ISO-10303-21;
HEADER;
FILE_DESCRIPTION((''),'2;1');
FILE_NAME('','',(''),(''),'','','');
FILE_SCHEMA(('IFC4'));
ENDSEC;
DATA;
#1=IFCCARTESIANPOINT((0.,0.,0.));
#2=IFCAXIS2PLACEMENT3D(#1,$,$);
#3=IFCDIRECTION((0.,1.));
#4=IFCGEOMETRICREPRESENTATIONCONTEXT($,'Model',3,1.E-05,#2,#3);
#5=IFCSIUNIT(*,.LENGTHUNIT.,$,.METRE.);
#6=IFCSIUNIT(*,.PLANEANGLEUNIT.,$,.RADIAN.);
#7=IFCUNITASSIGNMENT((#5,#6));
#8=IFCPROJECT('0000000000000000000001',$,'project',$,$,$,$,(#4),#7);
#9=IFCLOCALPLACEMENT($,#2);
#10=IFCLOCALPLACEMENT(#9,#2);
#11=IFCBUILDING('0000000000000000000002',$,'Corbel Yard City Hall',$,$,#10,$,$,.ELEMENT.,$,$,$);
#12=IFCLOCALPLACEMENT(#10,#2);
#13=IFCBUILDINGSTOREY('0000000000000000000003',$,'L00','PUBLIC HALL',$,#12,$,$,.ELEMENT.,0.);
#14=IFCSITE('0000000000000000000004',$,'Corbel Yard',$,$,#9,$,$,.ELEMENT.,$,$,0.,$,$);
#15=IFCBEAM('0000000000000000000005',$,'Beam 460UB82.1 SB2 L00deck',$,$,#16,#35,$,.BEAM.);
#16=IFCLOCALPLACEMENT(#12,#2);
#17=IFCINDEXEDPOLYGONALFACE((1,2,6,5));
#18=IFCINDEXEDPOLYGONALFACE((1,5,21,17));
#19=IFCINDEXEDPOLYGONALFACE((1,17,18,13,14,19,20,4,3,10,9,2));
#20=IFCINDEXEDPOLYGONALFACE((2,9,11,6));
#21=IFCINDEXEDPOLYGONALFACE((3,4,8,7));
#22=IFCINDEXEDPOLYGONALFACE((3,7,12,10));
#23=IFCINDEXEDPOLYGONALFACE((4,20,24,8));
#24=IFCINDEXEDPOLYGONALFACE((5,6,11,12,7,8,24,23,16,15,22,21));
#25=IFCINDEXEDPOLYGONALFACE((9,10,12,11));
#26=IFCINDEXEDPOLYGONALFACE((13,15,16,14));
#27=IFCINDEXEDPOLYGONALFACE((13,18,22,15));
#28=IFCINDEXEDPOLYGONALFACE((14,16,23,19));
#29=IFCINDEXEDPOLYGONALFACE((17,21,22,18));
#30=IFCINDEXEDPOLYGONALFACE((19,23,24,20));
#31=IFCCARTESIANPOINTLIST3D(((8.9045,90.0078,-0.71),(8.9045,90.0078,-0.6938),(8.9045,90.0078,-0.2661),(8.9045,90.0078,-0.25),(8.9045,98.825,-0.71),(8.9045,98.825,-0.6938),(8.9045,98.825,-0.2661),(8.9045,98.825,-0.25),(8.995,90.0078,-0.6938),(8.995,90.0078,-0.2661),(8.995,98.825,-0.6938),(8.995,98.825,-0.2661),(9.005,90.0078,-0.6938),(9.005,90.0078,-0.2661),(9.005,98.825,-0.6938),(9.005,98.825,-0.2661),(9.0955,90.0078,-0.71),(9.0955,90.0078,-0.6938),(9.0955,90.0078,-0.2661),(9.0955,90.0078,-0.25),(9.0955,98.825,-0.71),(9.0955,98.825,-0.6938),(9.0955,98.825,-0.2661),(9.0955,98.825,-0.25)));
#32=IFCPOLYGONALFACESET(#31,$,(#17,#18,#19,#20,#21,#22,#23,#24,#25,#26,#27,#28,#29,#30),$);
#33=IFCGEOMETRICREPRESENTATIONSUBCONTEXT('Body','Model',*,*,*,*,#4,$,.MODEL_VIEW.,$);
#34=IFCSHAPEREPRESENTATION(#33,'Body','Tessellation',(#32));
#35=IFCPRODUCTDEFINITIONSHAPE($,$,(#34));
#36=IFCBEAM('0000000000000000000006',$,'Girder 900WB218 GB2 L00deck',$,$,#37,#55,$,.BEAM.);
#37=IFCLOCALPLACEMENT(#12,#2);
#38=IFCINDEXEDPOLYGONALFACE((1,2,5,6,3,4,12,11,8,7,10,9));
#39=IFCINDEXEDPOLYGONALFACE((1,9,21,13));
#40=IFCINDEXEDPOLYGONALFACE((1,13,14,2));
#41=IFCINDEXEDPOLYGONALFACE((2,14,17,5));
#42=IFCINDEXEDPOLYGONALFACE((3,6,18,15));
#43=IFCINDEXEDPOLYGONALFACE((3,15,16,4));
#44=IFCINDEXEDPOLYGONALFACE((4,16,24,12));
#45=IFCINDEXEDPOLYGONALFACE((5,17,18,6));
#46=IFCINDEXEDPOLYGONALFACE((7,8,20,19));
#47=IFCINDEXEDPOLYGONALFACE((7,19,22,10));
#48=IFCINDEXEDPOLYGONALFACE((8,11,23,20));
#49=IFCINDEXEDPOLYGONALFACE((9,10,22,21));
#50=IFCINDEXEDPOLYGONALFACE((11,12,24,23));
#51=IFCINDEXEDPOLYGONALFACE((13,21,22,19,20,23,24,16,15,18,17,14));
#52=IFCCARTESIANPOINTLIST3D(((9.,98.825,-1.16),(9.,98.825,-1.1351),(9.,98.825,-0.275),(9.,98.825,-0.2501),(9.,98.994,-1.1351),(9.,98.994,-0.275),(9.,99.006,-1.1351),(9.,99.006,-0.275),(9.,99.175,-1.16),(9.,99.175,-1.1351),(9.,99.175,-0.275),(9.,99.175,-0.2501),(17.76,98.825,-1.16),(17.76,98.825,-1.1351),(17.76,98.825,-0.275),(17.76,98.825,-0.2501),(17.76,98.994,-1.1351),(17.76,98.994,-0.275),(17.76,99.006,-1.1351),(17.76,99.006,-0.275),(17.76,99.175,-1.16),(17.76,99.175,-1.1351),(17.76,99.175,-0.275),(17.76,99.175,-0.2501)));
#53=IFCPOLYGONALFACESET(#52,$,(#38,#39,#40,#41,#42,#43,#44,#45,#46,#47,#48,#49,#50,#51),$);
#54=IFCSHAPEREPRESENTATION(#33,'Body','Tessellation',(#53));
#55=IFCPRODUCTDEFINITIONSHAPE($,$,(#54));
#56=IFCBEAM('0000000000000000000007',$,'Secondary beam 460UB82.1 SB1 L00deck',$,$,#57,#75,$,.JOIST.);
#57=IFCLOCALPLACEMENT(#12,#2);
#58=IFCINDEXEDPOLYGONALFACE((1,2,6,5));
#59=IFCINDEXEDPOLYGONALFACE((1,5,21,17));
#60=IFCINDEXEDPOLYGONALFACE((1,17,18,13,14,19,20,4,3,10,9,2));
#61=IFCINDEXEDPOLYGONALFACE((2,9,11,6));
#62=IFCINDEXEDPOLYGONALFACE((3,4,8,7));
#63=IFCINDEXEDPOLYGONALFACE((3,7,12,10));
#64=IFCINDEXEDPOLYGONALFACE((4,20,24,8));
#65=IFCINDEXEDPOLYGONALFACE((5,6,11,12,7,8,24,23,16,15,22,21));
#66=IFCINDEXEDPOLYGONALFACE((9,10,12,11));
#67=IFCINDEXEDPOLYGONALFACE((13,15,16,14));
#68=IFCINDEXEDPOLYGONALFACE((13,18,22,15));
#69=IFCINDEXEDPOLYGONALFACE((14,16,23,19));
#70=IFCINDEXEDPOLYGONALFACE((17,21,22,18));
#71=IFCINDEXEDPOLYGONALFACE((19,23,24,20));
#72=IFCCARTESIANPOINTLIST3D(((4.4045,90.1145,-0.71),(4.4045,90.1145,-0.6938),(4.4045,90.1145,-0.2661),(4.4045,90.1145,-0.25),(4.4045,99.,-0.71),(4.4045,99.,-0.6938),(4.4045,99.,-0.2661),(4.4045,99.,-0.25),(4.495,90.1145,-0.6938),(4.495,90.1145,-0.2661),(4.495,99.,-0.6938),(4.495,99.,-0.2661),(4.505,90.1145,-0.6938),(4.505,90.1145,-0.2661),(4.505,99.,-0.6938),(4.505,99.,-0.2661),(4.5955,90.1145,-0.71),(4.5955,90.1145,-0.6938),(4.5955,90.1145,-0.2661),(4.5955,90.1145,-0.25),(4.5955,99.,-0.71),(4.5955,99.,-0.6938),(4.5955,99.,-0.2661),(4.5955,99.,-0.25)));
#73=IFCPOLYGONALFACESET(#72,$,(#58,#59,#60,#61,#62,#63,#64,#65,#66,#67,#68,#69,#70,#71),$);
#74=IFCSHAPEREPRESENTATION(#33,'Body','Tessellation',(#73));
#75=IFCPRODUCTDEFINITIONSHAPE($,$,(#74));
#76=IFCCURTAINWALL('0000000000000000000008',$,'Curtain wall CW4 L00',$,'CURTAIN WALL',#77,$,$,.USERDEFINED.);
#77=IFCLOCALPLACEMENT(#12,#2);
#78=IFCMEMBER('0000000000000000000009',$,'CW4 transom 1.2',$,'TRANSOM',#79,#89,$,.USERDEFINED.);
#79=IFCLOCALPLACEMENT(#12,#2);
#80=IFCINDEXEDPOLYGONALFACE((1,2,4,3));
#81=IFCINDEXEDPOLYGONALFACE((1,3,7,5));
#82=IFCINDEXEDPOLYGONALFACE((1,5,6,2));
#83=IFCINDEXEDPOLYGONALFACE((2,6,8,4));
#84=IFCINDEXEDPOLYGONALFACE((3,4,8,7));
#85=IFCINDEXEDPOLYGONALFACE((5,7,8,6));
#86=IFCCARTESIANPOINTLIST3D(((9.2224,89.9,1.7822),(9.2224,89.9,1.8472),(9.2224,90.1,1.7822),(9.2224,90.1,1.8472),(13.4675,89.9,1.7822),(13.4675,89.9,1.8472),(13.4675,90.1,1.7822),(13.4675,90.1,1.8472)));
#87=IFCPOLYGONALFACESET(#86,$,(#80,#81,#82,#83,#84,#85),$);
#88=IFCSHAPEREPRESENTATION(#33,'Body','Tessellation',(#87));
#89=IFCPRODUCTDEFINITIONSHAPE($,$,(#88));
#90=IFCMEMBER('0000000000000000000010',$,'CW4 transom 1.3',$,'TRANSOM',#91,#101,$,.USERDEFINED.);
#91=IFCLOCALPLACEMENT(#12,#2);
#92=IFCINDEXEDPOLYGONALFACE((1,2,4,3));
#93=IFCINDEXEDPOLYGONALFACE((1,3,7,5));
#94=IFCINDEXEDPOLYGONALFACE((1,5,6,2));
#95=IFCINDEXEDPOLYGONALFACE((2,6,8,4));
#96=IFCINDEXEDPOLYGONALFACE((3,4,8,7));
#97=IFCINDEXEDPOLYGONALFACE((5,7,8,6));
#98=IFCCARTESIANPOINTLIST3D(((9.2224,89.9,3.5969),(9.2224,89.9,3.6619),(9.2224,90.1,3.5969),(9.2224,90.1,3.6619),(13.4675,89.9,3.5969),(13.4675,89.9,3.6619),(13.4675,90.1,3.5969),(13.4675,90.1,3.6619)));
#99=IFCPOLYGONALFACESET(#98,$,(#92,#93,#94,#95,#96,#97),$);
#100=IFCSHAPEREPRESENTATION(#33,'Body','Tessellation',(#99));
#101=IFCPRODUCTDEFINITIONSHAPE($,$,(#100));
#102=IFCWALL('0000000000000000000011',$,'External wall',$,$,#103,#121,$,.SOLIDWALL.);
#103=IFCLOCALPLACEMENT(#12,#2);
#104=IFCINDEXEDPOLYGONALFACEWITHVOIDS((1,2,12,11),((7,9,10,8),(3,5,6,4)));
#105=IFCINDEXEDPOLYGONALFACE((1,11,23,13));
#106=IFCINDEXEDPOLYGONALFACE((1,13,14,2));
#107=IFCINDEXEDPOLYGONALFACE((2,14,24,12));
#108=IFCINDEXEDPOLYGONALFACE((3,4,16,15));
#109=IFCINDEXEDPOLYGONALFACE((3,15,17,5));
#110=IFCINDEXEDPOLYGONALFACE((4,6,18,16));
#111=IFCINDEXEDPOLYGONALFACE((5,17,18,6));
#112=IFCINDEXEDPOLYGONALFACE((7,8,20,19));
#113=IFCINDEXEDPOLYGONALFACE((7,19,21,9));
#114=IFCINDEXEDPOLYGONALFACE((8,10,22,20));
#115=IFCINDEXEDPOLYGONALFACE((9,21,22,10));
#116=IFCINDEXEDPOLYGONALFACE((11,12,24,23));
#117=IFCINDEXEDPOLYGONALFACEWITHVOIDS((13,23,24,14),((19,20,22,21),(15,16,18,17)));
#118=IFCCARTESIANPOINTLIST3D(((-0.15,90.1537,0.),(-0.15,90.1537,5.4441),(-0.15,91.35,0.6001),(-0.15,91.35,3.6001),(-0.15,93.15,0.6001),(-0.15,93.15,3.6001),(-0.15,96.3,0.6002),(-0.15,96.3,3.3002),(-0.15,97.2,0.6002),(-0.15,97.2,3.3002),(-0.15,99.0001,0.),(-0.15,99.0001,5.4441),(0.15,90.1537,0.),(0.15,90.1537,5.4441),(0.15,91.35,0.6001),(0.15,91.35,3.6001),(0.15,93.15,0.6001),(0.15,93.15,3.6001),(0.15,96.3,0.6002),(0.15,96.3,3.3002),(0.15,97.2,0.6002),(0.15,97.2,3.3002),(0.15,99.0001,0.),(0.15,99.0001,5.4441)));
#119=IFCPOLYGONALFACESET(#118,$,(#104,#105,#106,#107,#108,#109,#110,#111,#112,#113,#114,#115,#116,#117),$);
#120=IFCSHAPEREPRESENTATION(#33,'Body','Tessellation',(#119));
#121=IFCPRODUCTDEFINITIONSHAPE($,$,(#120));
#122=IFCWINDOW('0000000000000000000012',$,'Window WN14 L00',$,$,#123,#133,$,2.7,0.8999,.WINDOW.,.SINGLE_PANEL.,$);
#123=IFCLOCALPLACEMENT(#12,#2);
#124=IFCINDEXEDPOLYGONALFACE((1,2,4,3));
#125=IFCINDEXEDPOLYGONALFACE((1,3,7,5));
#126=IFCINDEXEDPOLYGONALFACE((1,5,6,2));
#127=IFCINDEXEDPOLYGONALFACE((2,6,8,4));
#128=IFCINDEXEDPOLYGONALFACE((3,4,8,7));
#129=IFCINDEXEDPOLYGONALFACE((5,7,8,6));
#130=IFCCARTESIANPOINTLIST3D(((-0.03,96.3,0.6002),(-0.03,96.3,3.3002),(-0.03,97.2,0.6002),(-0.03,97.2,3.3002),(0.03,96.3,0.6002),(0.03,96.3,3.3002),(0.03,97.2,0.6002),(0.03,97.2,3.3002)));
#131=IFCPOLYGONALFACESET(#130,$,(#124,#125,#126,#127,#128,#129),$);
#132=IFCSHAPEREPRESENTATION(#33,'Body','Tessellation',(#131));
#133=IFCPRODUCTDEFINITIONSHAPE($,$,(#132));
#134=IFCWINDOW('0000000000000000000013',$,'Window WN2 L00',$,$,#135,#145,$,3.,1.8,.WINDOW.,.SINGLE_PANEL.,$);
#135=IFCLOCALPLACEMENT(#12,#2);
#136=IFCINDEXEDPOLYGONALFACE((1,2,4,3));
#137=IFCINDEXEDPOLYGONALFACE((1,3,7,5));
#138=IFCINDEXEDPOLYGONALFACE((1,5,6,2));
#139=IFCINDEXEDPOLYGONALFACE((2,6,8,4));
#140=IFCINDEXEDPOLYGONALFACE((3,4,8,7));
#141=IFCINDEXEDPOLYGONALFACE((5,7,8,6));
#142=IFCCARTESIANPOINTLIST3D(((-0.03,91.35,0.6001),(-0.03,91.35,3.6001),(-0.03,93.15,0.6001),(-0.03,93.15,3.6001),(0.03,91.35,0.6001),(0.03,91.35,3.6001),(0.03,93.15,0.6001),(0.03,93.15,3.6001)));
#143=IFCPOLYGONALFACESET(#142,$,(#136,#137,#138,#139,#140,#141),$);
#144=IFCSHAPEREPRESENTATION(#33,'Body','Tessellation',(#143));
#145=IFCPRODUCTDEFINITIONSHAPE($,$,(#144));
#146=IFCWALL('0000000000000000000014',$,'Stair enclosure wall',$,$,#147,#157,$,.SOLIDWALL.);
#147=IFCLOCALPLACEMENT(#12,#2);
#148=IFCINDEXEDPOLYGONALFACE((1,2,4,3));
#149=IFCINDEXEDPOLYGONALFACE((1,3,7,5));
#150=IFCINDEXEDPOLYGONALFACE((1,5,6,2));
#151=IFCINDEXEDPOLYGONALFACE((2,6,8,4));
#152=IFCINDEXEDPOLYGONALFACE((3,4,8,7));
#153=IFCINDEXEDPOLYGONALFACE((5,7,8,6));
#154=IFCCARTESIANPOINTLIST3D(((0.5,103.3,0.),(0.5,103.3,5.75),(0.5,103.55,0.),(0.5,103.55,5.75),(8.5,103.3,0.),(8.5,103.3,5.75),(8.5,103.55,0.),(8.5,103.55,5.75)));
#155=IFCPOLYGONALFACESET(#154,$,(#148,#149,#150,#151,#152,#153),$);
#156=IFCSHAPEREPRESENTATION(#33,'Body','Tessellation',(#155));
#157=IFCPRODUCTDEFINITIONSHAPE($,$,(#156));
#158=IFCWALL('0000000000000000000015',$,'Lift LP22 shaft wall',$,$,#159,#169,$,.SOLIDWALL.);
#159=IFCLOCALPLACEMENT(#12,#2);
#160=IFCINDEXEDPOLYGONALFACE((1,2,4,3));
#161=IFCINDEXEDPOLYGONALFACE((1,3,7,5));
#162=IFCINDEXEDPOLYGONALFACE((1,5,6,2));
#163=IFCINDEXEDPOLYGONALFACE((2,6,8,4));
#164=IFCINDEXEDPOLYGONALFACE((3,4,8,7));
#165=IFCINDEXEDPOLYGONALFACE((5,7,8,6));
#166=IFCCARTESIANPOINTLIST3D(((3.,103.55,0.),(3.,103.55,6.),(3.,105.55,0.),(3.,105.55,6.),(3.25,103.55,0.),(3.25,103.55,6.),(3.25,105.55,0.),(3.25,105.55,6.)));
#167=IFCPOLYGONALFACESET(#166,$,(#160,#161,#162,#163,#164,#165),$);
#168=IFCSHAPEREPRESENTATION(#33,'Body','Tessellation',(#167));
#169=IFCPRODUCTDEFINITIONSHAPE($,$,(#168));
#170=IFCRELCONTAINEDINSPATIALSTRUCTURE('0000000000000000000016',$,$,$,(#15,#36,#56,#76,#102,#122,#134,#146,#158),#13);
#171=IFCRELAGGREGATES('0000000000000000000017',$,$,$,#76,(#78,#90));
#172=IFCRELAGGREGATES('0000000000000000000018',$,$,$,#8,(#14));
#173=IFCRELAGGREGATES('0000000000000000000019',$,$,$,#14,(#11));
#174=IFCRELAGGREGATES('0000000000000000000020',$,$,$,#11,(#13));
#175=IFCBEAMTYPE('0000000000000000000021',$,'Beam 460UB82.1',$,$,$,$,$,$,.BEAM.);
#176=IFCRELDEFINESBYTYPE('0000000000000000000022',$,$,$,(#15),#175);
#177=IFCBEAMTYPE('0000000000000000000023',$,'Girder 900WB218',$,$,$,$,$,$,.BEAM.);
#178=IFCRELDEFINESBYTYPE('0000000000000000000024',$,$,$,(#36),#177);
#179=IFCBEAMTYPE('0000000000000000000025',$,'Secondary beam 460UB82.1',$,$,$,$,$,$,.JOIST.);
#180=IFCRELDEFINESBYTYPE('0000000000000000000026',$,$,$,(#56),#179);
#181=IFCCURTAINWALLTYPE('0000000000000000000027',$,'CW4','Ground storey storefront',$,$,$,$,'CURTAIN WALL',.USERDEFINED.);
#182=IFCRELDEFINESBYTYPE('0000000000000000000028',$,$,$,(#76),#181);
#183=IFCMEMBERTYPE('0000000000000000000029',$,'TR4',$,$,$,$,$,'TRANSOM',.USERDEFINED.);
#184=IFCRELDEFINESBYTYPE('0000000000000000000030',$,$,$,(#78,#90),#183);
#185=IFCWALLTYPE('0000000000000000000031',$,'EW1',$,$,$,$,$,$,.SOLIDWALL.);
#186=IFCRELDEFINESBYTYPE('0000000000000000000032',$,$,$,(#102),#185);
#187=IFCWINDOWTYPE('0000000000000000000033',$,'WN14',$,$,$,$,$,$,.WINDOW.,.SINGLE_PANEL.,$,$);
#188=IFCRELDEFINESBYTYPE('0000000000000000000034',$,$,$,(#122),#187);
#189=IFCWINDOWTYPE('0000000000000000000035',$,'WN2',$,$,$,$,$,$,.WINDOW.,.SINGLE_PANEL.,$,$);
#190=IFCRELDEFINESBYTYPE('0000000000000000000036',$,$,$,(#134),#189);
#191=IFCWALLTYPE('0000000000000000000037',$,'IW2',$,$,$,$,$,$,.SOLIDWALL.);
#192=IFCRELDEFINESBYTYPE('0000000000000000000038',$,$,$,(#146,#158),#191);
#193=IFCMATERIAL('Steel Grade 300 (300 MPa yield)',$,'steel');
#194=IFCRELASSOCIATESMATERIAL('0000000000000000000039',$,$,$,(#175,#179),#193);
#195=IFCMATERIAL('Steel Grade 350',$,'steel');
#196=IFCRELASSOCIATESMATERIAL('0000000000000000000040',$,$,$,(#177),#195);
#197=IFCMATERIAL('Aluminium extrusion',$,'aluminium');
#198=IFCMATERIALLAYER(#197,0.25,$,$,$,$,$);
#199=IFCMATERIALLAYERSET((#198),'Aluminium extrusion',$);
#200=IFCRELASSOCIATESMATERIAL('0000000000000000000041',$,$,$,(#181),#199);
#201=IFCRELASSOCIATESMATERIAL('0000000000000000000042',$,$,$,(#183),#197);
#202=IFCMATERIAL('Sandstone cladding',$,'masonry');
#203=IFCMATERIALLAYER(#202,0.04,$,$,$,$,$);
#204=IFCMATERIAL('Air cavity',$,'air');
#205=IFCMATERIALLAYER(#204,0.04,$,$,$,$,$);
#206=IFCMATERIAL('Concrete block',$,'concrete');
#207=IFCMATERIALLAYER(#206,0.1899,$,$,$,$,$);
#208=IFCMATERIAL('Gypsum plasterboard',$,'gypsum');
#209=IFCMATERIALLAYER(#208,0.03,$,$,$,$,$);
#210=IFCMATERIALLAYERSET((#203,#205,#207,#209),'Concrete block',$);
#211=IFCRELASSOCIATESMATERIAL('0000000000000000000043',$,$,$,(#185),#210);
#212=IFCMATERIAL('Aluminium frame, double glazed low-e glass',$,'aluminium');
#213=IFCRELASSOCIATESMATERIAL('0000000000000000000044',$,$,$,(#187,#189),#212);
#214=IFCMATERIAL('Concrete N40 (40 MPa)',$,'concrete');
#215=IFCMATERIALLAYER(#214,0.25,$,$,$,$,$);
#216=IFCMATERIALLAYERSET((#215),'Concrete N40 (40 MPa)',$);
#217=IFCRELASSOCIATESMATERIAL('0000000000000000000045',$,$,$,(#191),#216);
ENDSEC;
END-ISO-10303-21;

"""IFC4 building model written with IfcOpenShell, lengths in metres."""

from ifc_helpers import new_model, si_unit, direction, frame, frame_2d, origin, origin_2d, place, context, subcontext, project, spatial, rectangle, i_section, extrude, material, layer, layer_set, material_profile, profile_set, type_object, element, fill, aggregate, save


model = new_model("IFC4")

# Units and contexts
model_context = context("Model", 3, precision=1e-05, world=origin(), true_north=direction((0.0, 1.0)))
body_context = subcontext(model_context, "Body", "Model", "MODEL_VIEW")
ifc_project = project(units=[si_unit("LENGTHUNIT", "METRE"), si_unit("PLANEANGLEUNIT", "RADIAN")], contexts=[model_context])

# Site, building, storey
site_placement = place(None, origin())
site = spatial("IfcSite", under=ifc_project, at=site_placement, Name="Corbel Yard", CompositionType="ELEMENT", RefElevation=0.0)
building_placement = place(site_placement, origin())
building = spatial("IfcBuilding", under=site, at=building_placement, Name="Corbel Yard City Hall", CompositionType="ELEMENT")
storey_placement = place(building_placement, origin())
storey = spatial("IfcBuildingStorey", under=building, at=storey_placement, Name="L00", Description="PUBLIC HALL", CompositionType="ELEMENT", Elevation=0.0)

# Beams
ifc_material_1 = material(Name="Steel Grade 300 (300 MPa yield)", Category="steel")
ifc_material_profile_1 = material_profile(ifc_material_1, i_section(OverallWidth=0.1909, OverallDepth=0.46, WebThickness=0.01, FlangeThickness=0.0161, at=origin_2d()), Name="460UB82.1")
ifc_profile_set_1 = profile_set([ifc_material_profile_1], Name="Steel Grade 300 (300 MPa yield)")
beam_type_1 = type_object("IfcBeamType", Name="Beam 460UB82.1", PredefinedType="BEAM", material=ifc_profile_set_1)
beam_1_placement = place(storey_placement, frame((9.0, 90.0078, -0.48), z_axis=(0.0, 1.0, 0.0), x_axis=(-1.0, 0.0, 0.0)))
element("IfcBeam", 1, at=beam_1_placement, inside=storey, type_object=beam_type_1, Name="Beam 460UB82.1 SB2 L00deck", PredefinedType="BEAM", context=body_context, shape_type="SweptSolid", body=[
    extrude(i_section(OverallWidth=0.1909, OverallDepth=0.46, WebThickness=0.01, FlangeThickness=0.0161, at=origin_2d()), origin(), (0.0, 0.0, 1.0), 8.8171),
])
ifc_material_2 = material(Name="Steel Grade 350", Category="steel")
ifc_material_profile_2 = material_profile(ifc_material_2, i_section(OverallWidth=0.3501, OverallDepth=0.9099, WebThickness=0.012, FlangeThickness=0.0249, at=origin_2d()), Name="900WB218")
ifc_profile_set_2 = profile_set([ifc_material_profile_2], Name="Steel Grade 350")
beam_type_2 = type_object("IfcBeamType", Name="Girder 900WB218", PredefinedType="BEAM", material=ifc_profile_set_2)
beam_2_placement = place(storey_placement, frame((9.0, 99.0, -0.7051), z_axis=(1.0, 0.0, 0.0), x_axis=(0.0, 1.0, 0.0)))
element("IfcBeam", 2, at=beam_2_placement, inside=storey, type_object=beam_type_2, Name="Girder 900WB218 GB2 L00deck", PredefinedType="BEAM", context=body_context, shape_type="SweptSolid", body=[
    extrude(i_section(OverallWidth=0.3501, OverallDepth=0.9099, WebThickness=0.012, FlangeThickness=0.0249, at=origin_2d()), origin(), (0.0, 0.0, 1.0), 8.76),
])
ifc_material_profile_3 = material_profile(ifc_material_1, i_section(OverallWidth=0.1909, OverallDepth=0.46, WebThickness=0.01, FlangeThickness=0.0161, at=origin_2d()), Name="460UB82.1")
ifc_profile_set_3 = profile_set([ifc_material_profile_3], Name="Steel Grade 300 (300 MPa yield)")
beam_type_3 = type_object("IfcBeamType", Name="Secondary beam 460UB82.1", PredefinedType="JOIST", material=ifc_profile_set_3)
beam_3_placement = place(storey_placement, frame((4.5, 90.1145, -0.48), z_axis=(0.0, 1.0, 0.0), x_axis=(-1.0, 0.0, 0.0)))
element("IfcBeam", 3, at=beam_3_placement, inside=storey, type_object=beam_type_3, Name="Secondary beam 460UB82.1 SB1 L00deck", PredefinedType="JOIST", context=body_context, shape_type="SweptSolid", body=[
    extrude(i_section(OverallWidth=0.1909, OverallDepth=0.46, WebThickness=0.01, FlangeThickness=0.0161, at=origin_2d()), origin(), (0.0, 0.0, 1.0), 8.8855),
])

# Curtain wall, members
ifc_material_3 = material(Name="Aluminium extrusion", Category="aluminium")
ifc_layer_1 = layer(ifc_material_3, 0.25)
ifc_layer_set_1 = layer_set([ifc_layer_1], Name="Aluminium extrusion")
curtain_wall_type = type_object("IfcCurtainWallType", Name="CW4", Description="Ground storey storefront", ElementType="CURTAIN WALL", PredefinedType="USERDEFINED", material=ifc_layer_set_1)
curtain_wall_placement = place(storey_placement, origin())
curtain_wall = element("IfcCurtainWall", 4, at=curtain_wall_placement, inside=storey, type_object=curtain_wall_type, Name="Curtain wall CW4 L00", ObjectType="CURTAIN WALL", PredefinedType="USERDEFINED")
ifc_material_profile_4 = material_profile(ifc_material_3, rectangle(XDim=0.2, YDim=0.0649, at=origin_2d()), Name="200x65")
ifc_profile_set_4 = profile_set([ifc_material_profile_4], Name="Aluminium extrusion")
member_type = type_object("IfcMemberType", Name="TR4", ElementType="TRANSOM", PredefinedType="USERDEFINED", material=ifc_profile_set_4)
member_1_placement = place(storey_placement, frame((9.2224, 90.0, 1.8147), z_axis=(1.0, 0.0, 0.0), x_axis=(0.0, 1.0, 0.0)))
member_1 = element("IfcMember", 5, at=member_1_placement, type_object=member_type, Name="CW4 transom 1.2", ObjectType="TRANSOM", PredefinedType="USERDEFINED", context=body_context, shape_type="SweptSolid", body=[
    extrude(rectangle(XDim=0.2, YDim=0.0649, at=origin_2d()), origin(), (0.0, 0.0, 1.0), 4.2451),
])
member_2_placement = place(storey_placement, frame((9.2224, 90.0, 3.6294), z_axis=(1.0, 0.0, 0.0), x_axis=(0.0, 1.0, 0.0)))
member_2 = element("IfcMember", 6, at=member_2_placement, type_object=member_type, Name="CW4 transom 1.3", ObjectType="TRANSOM", PredefinedType="USERDEFINED", context=body_context, shape_type="SweptSolid", body=[
    extrude(rectangle(XDim=0.2, YDim=0.0649, at=origin_2d()), origin(), (0.0, 0.0, 1.0), 4.2451),
])
aggregate(curtain_wall, [member_1, member_2])

# Wall, openings, windows
ifc_material_4 = material(Name="Sandstone cladding", Category="masonry")
ifc_layer_2 = layer(ifc_material_4, 0.04)
ifc_material_5 = material(Name="Air cavity", Category="air")
ifc_layer_3 = layer(ifc_material_5, 0.04)
ifc_material_6 = material(Name="Concrete block", Category="concrete")
ifc_layer_4 = layer(ifc_material_6, 0.1899)
ifc_material_7 = material(Name="Gypsum plasterboard", Category="gypsum")
ifc_layer_5 = layer(ifc_material_7, 0.03)
ifc_layer_set_2 = layer_set([ifc_layer_2, ifc_layer_3, ifc_layer_4, ifc_layer_5], Name="Concrete block")
wall_type_1 = type_object("IfcWallType", Name="EW1", PredefinedType="SOLIDWALL", material=ifc_layer_set_2)
wall_1_placement = place(storey_placement, frame((0.0, 90.1536, 0.0), z_axis=(0.0, 0.0, 1.0), x_axis=(0.0, 1.0, 0.0)))
wall_1 = element("IfcWall", 7, at=wall_1_placement, inside=storey, type_object=wall_type_1, Name="External wall", PredefinedType="SOLIDWALL", context=body_context, shape_type="SweptSolid", body=[
    extrude(rectangle(XDim=8.8464, YDim=0.3, at=frame_2d((4.4233, 0.0))), origin(), (0.0, 0.0, 1.0), 5.4441),
])
opening_1_placement = place(wall_1_placement, frame((1.1965, 0.0, 0.6001)))
opening_1 = element("IfcOpeningElement", 8, at=opening_1_placement, cuts=wall_1, PredefinedType="OPENING", context=body_context, shape_type="SweptSolid", body=[
    extrude(rectangle(XDim=1.8, YDim=3.0, at=frame_2d((0.8999, 1.5))), frame((0.0, 0.1599, 0.0), z_axis=(0.0, -1.0, 0.0), x_axis=(1.0, 0.0, 0.0)), (0.0, 0.0, 1.0), 0.3201),
])
opening_2_placement = place(wall_1_placement, frame((6.1465, 0.0, 0.6001)))
opening_2 = element("IfcOpeningElement", 9, at=opening_2_placement, cuts=wall_1, PredefinedType="OPENING", context=body_context, shape_type="SweptSolid", body=[
    extrude(rectangle(XDim=0.8999, YDim=2.7, at=frame_2d((0.45, 1.3501))), frame((0.0, 0.1599, 0.0), z_axis=(0.0, -1.0, 0.0), x_axis=(1.0, 0.0, 0.0)), (0.0, 0.0, 1.0), 0.3201),
])
ifc_material_8 = material(Name="Aluminium frame, double glazed low-e glass", Category="aluminium")
window_type_1 = type_object("IfcWindowType", Name="WN14", PartitioningType="SINGLE_PANEL", PredefinedType="WINDOW", material=ifc_material_8)
window_1_placement = place(opening_2_placement, origin())
window_1 = element("IfcWindow", 10, at=window_1_placement, inside=storey, type_object=window_type_1, Name="Window WN14 L00", OverallHeight=2.7, OverallWidth=0.8999, PartitioningType="SINGLE_PANEL", PredefinedType="WINDOW", context=body_context, shape_type="SweptSolid", body=[
    extrude(rectangle(XDim=0.8999, YDim=2.7, at=frame_2d((0.45, 1.3501))), frame((0.0, 0.03, 0.0), z_axis=(0.0, -1.0, 0.0), x_axis=(1.0, 0.0, 0.0)), (0.0, 0.0, 1.0), 0.0601),
])
fill(opening_2, window_1)
window_type_2 = type_object("IfcWindowType", Name="WN2", PartitioningType="SINGLE_PANEL", PredefinedType="WINDOW", material=ifc_material_8)
window_2_placement = place(opening_1_placement, origin())
window_2 = element("IfcWindow", 11, at=window_2_placement, inside=storey, type_object=window_type_2, Name="Window WN2 L00", OverallHeight=3.0, OverallWidth=1.8, PartitioningType="SINGLE_PANEL", PredefinedType="WINDOW", context=body_context, shape_type="SweptSolid", body=[
    extrude(rectangle(XDim=1.8, YDim=3.0, at=frame_2d((0.8999, 1.5))), frame((0.0, 0.03, 0.0), z_axis=(0.0, -1.0, 0.0), x_axis=(1.0, 0.0, 0.0)), (0.0, 0.0, 1.0), 0.0601),
])
fill(opening_1, window_2)

# Walls
ifc_material_9 = material(Name="Concrete N40 (40 MPa)", Category="concrete")
ifc_layer_6 = layer(ifc_material_9, 0.25)
ifc_layer_set_3 = layer_set([ifc_layer_6], Name="Concrete N40 (40 MPa)")
wall_type_2 = type_object("IfcWallType", Name="IW2", PredefinedType="SOLIDWALL", material=ifc_layer_set_3)
wall_2_placement = place(storey_placement, frame((8.5, 103.425, 0.0), z_axis=(0.0, 0.0, 1.0), x_axis=(-1.0, 0.0, 0.0)))
element("IfcWall", 12, at=wall_2_placement, inside=storey, type_object=wall_type_2, Name="Stair enclosure wall", PredefinedType="SOLIDWALL", context=body_context, shape_type="SweptSolid", body=[
    extrude(rectangle(XDim=8.0, YDim=0.25, at=frame_2d((4.0, 0.0))), origin(), (0.0, 0.0, 1.0), 5.75),
])
wall_3_placement = place(storey_placement, frame((3.125, 103.55, 0.0), z_axis=(0.0, 0.0, 1.0), x_axis=(0.0, 1.0, 0.0)))
element("IfcWall", 13, at=wall_3_placement, inside=storey, type_object=wall_type_2, Name="Lift LP22 shaft wall", PredefinedType="SOLIDWALL", context=body_context, shape_type="SweptSolid", body=[
    extrude(rectangle(XDim=2.0, YDim=0.25, at=frame_2d((1.0, 0.0))), origin(), (0.0, 0.0, 1.0), 6.0),
])

save(model, "model.ifc")
